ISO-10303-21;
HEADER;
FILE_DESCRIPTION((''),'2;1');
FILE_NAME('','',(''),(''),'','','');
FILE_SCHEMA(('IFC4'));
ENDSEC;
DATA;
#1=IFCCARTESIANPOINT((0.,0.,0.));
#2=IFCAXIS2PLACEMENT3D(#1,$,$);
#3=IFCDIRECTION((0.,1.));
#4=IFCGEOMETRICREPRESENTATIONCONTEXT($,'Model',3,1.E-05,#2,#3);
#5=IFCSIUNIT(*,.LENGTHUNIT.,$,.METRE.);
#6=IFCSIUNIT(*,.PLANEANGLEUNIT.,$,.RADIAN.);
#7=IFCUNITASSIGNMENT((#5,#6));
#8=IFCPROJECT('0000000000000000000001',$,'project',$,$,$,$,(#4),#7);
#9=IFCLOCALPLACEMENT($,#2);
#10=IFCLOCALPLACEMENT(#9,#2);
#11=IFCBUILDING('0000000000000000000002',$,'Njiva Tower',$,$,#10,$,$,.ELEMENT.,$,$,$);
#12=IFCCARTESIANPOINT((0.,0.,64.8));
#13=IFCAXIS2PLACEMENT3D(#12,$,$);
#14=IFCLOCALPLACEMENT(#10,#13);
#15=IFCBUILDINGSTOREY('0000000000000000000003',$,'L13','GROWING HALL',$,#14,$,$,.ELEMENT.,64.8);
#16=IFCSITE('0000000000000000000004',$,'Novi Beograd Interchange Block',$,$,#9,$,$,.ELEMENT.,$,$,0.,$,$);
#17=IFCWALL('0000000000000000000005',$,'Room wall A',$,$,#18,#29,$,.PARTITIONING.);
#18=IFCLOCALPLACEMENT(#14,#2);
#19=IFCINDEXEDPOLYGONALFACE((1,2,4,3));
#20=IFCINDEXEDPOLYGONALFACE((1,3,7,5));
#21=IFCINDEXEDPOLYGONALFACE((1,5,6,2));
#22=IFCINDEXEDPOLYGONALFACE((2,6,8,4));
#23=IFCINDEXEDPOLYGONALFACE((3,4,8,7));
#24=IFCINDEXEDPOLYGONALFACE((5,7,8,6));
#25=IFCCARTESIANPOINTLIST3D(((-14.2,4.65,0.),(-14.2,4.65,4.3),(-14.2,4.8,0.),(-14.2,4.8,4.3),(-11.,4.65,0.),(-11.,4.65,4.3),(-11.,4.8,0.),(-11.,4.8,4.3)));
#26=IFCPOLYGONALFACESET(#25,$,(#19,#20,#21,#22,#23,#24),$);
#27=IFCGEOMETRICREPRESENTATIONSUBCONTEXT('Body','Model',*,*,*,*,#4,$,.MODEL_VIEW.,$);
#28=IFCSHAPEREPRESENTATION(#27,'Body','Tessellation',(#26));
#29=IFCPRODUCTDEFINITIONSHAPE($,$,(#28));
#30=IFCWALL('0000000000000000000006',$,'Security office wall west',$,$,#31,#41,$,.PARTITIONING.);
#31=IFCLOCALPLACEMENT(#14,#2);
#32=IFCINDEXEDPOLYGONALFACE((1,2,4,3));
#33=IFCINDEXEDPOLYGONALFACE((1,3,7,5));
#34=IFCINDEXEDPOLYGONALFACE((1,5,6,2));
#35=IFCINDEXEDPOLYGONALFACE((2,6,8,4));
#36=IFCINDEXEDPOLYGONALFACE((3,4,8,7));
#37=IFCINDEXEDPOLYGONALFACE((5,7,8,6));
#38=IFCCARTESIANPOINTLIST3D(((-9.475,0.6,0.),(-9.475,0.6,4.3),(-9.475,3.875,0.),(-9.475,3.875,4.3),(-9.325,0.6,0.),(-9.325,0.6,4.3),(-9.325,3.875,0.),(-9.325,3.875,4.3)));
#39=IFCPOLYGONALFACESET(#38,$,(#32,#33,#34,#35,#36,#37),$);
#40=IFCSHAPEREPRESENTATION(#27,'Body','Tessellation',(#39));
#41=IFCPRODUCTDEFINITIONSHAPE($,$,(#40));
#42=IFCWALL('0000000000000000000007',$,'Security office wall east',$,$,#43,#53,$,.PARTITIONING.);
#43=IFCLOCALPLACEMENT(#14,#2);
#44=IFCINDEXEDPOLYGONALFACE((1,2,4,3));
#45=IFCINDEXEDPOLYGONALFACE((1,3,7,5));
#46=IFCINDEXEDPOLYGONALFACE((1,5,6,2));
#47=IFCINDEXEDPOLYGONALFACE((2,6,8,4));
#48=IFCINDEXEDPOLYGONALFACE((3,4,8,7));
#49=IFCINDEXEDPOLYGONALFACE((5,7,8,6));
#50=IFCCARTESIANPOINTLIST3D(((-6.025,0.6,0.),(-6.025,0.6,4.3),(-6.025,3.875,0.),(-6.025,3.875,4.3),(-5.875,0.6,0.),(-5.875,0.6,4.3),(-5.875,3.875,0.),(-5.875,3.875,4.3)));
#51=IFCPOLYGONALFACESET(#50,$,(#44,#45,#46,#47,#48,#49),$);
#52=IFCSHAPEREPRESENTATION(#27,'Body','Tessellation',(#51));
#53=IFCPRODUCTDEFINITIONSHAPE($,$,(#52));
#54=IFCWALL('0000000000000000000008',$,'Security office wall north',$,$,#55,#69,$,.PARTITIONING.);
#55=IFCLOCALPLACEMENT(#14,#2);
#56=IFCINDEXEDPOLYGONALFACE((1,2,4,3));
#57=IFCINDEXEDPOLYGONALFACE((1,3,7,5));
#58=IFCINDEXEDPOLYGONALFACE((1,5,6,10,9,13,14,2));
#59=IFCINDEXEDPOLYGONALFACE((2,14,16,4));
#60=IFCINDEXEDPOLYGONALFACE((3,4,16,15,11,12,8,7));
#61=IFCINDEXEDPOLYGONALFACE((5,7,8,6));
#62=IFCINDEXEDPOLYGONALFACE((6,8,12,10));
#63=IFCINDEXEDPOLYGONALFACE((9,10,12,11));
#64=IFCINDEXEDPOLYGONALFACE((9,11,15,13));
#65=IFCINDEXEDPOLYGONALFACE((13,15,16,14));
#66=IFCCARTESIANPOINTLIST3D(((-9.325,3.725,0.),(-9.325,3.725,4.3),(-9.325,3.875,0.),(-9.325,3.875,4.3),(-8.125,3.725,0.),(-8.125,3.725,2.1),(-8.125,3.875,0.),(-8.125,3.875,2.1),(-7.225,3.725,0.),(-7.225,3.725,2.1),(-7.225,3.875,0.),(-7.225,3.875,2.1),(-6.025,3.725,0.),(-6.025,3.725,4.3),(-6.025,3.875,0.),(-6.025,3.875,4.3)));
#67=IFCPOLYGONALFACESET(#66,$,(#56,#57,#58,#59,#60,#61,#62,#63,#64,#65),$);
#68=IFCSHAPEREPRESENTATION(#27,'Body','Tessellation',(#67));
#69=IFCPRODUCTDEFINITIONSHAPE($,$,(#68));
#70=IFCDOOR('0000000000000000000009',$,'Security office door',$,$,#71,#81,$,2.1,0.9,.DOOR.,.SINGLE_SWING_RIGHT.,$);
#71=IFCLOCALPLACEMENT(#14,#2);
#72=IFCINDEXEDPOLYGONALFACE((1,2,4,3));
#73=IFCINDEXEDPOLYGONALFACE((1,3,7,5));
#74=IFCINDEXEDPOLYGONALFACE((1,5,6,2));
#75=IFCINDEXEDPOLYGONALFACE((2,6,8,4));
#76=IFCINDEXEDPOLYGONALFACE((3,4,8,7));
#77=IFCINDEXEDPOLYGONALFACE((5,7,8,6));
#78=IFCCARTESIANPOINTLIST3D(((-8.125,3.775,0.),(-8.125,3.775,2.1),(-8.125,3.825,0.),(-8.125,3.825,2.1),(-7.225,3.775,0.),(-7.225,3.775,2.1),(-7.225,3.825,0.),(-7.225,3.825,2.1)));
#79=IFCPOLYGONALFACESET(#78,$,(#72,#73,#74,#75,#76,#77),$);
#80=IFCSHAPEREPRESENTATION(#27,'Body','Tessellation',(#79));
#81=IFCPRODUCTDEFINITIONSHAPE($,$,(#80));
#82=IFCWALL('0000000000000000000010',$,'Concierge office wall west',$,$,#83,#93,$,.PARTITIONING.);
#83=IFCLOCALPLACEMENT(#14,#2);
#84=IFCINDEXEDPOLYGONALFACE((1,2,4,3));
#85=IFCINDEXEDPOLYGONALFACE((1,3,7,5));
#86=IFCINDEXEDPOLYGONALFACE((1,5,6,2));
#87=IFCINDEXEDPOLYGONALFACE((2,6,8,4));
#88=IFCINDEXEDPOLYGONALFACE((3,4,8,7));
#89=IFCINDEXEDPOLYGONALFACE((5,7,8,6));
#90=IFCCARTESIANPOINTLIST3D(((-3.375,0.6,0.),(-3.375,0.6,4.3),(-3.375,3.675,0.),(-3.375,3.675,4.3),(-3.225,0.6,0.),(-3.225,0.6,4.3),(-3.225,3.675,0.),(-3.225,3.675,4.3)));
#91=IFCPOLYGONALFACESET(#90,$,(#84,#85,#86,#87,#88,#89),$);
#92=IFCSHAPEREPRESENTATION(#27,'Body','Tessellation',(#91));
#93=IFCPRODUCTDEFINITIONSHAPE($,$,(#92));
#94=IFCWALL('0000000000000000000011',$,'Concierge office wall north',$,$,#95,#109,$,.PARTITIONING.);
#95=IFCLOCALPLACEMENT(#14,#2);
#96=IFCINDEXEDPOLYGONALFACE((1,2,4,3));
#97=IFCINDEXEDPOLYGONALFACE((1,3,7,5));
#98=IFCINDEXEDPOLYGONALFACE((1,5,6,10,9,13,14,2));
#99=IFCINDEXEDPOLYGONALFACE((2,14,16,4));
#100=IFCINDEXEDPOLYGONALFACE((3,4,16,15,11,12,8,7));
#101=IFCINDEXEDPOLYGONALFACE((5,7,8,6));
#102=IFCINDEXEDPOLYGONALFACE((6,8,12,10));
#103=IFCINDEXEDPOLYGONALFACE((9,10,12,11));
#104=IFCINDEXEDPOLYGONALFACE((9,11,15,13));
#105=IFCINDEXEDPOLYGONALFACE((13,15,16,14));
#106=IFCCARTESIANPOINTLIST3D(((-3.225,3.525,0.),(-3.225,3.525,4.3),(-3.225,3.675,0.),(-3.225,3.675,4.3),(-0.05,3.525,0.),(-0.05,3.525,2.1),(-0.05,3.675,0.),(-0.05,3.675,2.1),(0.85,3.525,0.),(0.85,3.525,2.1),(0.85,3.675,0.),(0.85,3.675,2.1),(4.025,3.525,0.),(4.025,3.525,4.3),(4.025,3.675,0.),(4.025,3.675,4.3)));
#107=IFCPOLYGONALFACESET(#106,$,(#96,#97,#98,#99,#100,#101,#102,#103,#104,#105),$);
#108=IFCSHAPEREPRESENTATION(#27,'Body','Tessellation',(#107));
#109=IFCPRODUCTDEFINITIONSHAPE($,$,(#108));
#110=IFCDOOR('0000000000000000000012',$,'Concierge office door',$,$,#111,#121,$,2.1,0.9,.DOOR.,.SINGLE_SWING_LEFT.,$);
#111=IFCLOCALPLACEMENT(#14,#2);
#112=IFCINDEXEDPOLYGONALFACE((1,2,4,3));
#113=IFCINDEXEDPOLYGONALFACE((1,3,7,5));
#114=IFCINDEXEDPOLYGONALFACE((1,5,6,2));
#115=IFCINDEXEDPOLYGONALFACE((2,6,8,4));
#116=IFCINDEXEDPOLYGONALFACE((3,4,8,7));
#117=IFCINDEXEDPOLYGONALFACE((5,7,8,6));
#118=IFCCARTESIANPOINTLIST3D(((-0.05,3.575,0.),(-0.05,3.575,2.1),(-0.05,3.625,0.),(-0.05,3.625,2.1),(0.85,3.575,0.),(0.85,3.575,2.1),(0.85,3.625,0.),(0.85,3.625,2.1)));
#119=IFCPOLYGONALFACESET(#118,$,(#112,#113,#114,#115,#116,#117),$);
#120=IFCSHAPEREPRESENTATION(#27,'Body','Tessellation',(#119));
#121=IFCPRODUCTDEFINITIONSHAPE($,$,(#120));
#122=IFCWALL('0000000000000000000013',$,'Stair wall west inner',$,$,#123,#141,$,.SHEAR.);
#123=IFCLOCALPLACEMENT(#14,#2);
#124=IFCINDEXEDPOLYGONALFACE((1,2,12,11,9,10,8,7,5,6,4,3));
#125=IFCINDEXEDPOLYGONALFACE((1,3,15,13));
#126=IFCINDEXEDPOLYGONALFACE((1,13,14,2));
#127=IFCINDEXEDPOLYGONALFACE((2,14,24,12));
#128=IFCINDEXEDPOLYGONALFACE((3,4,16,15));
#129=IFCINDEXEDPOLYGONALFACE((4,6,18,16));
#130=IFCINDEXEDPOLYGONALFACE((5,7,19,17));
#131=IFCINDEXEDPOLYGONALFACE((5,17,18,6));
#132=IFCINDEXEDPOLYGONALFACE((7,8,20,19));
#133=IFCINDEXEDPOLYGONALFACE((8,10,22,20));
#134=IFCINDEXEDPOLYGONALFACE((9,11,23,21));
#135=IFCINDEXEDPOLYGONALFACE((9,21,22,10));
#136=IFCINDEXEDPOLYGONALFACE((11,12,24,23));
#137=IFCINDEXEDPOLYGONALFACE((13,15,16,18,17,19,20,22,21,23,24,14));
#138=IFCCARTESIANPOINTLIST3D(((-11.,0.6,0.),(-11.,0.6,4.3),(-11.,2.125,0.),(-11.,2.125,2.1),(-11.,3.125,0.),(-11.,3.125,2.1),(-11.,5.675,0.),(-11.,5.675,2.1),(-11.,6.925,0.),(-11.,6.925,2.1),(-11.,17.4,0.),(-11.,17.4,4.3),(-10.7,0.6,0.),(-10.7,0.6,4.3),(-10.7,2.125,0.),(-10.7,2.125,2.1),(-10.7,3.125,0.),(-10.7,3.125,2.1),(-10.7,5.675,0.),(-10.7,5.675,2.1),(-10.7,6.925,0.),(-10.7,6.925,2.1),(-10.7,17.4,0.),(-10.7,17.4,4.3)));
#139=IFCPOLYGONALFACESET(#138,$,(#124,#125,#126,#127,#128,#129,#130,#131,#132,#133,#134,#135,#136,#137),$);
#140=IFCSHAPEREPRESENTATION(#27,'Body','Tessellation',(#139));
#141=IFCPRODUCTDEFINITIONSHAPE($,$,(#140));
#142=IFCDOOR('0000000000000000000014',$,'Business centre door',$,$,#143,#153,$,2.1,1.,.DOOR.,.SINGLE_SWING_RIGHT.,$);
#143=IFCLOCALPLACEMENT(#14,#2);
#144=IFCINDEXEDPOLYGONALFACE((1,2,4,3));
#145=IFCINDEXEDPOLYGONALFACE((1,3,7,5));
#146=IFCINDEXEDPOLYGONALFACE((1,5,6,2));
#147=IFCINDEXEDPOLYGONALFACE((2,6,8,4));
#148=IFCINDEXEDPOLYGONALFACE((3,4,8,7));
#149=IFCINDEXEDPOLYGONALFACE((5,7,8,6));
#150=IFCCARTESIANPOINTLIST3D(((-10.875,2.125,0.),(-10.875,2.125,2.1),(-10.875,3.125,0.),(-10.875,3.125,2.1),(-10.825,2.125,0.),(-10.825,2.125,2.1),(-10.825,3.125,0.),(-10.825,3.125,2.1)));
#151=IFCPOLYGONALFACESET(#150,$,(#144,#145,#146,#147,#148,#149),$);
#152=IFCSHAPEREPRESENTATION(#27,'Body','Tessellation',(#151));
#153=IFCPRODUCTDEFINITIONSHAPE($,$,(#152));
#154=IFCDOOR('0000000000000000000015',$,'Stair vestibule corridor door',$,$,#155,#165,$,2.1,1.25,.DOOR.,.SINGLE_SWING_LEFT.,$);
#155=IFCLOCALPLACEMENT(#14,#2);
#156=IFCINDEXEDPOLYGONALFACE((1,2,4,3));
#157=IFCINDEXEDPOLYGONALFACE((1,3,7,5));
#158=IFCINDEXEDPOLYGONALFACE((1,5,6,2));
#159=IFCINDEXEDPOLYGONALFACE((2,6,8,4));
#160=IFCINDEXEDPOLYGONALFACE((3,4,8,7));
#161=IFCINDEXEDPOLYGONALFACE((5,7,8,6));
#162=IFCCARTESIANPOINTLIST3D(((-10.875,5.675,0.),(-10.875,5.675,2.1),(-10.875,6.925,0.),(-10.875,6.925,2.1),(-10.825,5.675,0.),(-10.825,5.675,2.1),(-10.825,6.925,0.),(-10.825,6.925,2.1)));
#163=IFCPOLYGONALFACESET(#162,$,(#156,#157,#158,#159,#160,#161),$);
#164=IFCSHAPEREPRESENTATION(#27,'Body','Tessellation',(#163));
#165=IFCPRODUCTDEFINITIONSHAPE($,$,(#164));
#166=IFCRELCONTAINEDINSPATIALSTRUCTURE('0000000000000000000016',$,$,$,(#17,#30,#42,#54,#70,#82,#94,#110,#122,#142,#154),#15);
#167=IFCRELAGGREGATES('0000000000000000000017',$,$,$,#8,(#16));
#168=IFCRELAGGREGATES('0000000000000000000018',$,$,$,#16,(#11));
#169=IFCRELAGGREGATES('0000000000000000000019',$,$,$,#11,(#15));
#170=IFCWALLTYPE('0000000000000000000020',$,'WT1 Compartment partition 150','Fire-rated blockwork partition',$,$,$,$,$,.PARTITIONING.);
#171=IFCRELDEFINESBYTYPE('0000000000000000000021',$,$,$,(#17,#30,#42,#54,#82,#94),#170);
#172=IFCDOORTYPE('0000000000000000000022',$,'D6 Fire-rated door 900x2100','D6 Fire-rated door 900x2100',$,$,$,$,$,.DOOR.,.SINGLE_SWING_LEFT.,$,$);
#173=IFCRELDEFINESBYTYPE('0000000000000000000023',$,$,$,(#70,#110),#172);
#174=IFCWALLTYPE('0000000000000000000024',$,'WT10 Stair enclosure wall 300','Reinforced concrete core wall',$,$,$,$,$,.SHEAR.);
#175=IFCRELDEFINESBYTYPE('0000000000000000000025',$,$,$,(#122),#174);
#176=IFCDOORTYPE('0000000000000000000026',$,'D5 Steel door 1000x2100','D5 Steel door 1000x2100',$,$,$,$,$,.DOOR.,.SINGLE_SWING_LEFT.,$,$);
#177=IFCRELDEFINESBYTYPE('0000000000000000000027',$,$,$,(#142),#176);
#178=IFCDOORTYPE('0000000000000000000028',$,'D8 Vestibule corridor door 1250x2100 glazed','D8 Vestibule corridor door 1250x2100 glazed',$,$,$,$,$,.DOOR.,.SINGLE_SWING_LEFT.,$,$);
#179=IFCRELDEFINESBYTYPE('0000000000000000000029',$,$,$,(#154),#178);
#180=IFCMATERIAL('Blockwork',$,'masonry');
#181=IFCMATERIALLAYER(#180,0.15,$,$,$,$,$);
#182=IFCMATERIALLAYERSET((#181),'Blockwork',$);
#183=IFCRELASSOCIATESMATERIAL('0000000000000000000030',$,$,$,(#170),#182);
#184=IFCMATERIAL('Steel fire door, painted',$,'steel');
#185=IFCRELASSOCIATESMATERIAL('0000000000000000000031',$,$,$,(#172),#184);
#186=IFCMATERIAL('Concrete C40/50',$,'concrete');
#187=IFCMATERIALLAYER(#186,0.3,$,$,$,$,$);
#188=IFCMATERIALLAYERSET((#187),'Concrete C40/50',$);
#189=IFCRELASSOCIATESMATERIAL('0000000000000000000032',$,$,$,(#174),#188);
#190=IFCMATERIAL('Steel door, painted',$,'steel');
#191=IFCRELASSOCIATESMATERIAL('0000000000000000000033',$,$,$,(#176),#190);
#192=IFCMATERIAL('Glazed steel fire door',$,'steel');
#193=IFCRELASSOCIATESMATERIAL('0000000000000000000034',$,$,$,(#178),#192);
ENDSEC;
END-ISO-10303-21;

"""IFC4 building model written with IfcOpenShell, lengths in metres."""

from ifc_helpers import new_model, si_unit, direction, frame, frame_2d, origin, place, context, subcontext, project, spatial, rectangle, extrude, material, layer, layer_set, type_object, element, fill, save


model = new_model("IFC4")

# Units and contexts
model_context = context("Model", 3, precision=1e-05, world=origin(), true_north=direction((0.0, 1.0)))
body_context = subcontext(model_context, "Body", "Model", "MODEL_VIEW")
ifc_project = project(units=[si_unit("LENGTHUNIT", "METRE"), si_unit("PLANEANGLEUNIT", "RADIAN")], contexts=[model_context])

# Site, building, storey
site_placement = place(None, origin())
site = spatial("IfcSite", under=ifc_project, at=site_placement, Name="Novi Beograd Interchange Block", CompositionType="ELEMENT", RefElevation=0.0)
building_placement = place(site_placement, origin())
building = spatial("IfcBuilding", under=site, at=building_placement, Name="Njiva Tower", CompositionType="ELEMENT")
storey_placement = place(building_placement, frame((0.0, 0.0, 64.8)))
storey = spatial("IfcBuildingStorey", under=building, at=storey_placement, Name="L13", Description="GROWING HALL", CompositionType="ELEMENT", Elevation=64.8)

# Walls
ifc_material_1 = material(Name="Blockwork", Category="masonry")
ifc_layer_1 = layer(ifc_material_1, 0.15)
ifc_layer_set_1 = layer_set([ifc_layer_1], Name="Blockwork")
wall_type_1 = type_object("IfcWallType", Name="WT1 Compartment partition 150", Description="Fire-rated blockwork partition", PredefinedType="PARTITIONING", material=ifc_layer_set_1)
wall_1_placement = place(storey_placement, frame((-14.2, 4.725, 0.0), z_axis=(0.0, 0.0, 1.0), x_axis=(1.0, 0.0, 0.0)))
element("IfcWall", 1, at=wall_1_placement, inside=storey, type_object=wall_type_1, Name="Room wall A", PredefinedType="PARTITIONING", context=body_context, shape_type="SweptSolid", body=[
    extrude(rectangle(XDim=3.2, YDim=0.15, at=frame_2d((1.6, 0.0))), origin(), (0.0, 0.0, 1.0), 4.3),
])
for number, where, z_axis, x_axis, name in (
    (2, (-9.4, 0.6, 0.0), (0.0, 0.0, 1.0), (0.0, 1.0, 0.0), "Security office wall west"),
    (3, (-5.95, 0.6, 0.0), (0.0, 0.0, 1.0), (0.0, 1.0, 0.0), "Security office wall east"),
):
    element("IfcWall", number, at=place(storey_placement, frame(where, z_axis=z_axis, x_axis=x_axis)), inside=storey, type_object=wall_type_1, Name=name, PredefinedType="PARTITIONING", context=body_context, shape_type="SweptSolid", body=[
        extrude(rectangle(XDim=3.275, YDim=0.15, at=frame_2d((1.6375, 0.0))), origin(), (0.0, 0.0, 1.0), 4.3),
    ])

# Wall, opening, door
wall_2_placement = place(storey_placement, frame((-9.325, 3.8, 0.0), z_axis=(0.0, 0.0, 1.0), x_axis=(1.0, 0.0, 0.0)))
wall_2 = element("IfcWall", 4, at=wall_2_placement, inside=storey, type_object=wall_type_1, Name="Security office wall north", PredefinedType="PARTITIONING", context=body_context, shape_type="SweptSolid", body=[
    extrude(rectangle(XDim=3.3, YDim=0.15, at=frame_2d((1.65, 0.0))), origin(), (0.0, 0.0, 1.0), 4.3),
])
opening_1_placement = place(wall_2_placement, frame((1.2, 0.0, 0.0)))
opening_1 = element("IfcOpeningElement", 5, at=opening_1_placement, cuts=wall_2, PredefinedType="OPENING", context=body_context, shape_type="SweptSolid", body=[
    extrude(rectangle(XDim=0.9, YDim=2.1, at=frame_2d((0.45, 1.05))), frame((0.0, 0.085, 0.0), z_axis=(0.0, -1.0, 0.0), x_axis=(1.0, 0.0, 0.0)), (0.0, 0.0, 1.0), 0.17),
])
ifc_material_2 = material(Name="Steel fire door, painted", Category="steel")
door_type_1 = type_object("IfcDoorType", Name="D6 Fire-rated door 900x2100", Description="D6 Fire-rated door 900x2100", OperationType="SINGLE_SWING_LEFT", PredefinedType="DOOR", material=ifc_material_2)
door_1_placement = place(opening_1_placement, origin())
door_1 = element("IfcDoor", 6, at=door_1_placement, inside=storey, type_object=door_type_1, Name="Security office door", OperationType="SINGLE_SWING_RIGHT", OverallHeight=2.1, OverallWidth=0.9, PredefinedType="DOOR", context=body_context, shape_type="SweptSolid", body=[
    extrude(rectangle(XDim=0.9, YDim=2.1, at=frame_2d((0.45, 1.05))), frame((0.0, 0.025, 0.0), z_axis=(0.0, -1.0, 0.0), x_axis=(1.0, 0.0, 0.0)), (0.0, 0.0, 1.0), 0.05),
])
fill(opening_1, door_1)

# Wall
wall_3_placement = place(storey_placement, frame((-3.3, 0.6, 0.0), z_axis=(0.0, 0.0, 1.0), x_axis=(0.0, 1.0, 0.0)))
element("IfcWall", 7, at=wall_3_placement, inside=storey, type_object=wall_type_1, Name="Concierge office wall west", PredefinedType="PARTITIONING", context=body_context, shape_type="SweptSolid", body=[
    extrude(rectangle(XDim=3.075, YDim=0.15, at=frame_2d((1.5375, 0.0))), origin(), (0.0, 0.0, 1.0), 4.3),
])

# Wall, opening, door
wall_4_placement = place(storey_placement, frame((-3.225, 3.6, 0.0), z_axis=(0.0, 0.0, 1.0), x_axis=(1.0, 0.0, 0.0)))
wall_4 = element("IfcWall", 8, at=wall_4_placement, inside=storey, type_object=wall_type_1, Name="Concierge office wall north", PredefinedType="PARTITIONING", context=body_context, shape_type="SweptSolid", body=[
    extrude(rectangle(XDim=7.25, YDim=0.15, at=frame_2d((3.625, 0.0))), origin(), (0.0, 0.0, 1.0), 4.3),
])
opening_2_placement = place(wall_4_placement, frame((3.175, 0.0, 0.0)))
opening_2 = element("IfcOpeningElement", 9, at=opening_2_placement, cuts=wall_4, PredefinedType="OPENING", context=body_context, shape_type="SweptSolid", body=[
    extrude(rectangle(XDim=0.9, YDim=2.1, at=frame_2d((0.45, 1.05))), frame((0.0, 0.085, 0.0), z_axis=(0.0, -1.0, 0.0), x_axis=(1.0, 0.0, 0.0)), (0.0, 0.0, 1.0), 0.17),
])
door_2_placement = place(opening_2_placement, origin())
door_2 = element("IfcDoor", 10, at=door_2_placement, inside=storey, type_object=door_type_1, Name="Concierge office door", OperationType="SINGLE_SWING_LEFT", OverallHeight=2.1, OverallWidth=0.9, PredefinedType="DOOR", context=body_context, shape_type="SweptSolid", body=[
    extrude(rectangle(XDim=0.9, YDim=2.1, at=frame_2d((0.45, 1.05))), frame((0.0, 0.025, 0.0), z_axis=(0.0, -1.0, 0.0), x_axis=(1.0, 0.0, 0.0)), (0.0, 0.0, 1.0), 0.05),
])
fill(opening_2, door_2)

# Wall, openings, doors
ifc_material_3 = material(Name="Concrete C40/50", Category="concrete")
ifc_layer_2 = layer(ifc_material_3, 0.3)
ifc_layer_set_2 = layer_set([ifc_layer_2], Name="Concrete C40/50")
wall_type_2 = type_object("IfcWallType", Name="WT10 Stair enclosure wall 300", Description="Reinforced concrete core wall", PredefinedType="SHEAR", material=ifc_layer_set_2)
wall_5_placement = place(storey_placement, frame((-10.85, 0.6, 0.0), z_axis=(0.0, 0.0, 1.0), x_axis=(0.0, 1.0, 0.0)))
wall_5 = element("IfcWall", 11, at=wall_5_placement, inside=storey, type_object=wall_type_2, Name="Stair wall west inner", PredefinedType="SHEAR", context=body_context, shape_type="SweptSolid", body=[
    extrude(rectangle(XDim=16.8, YDim=0.3, at=frame_2d((8.4, 0.0))), origin(), (0.0, 0.0, 1.0), 4.3),
])
opening_3_placement = place(wall_5_placement, frame((5.075, 0.0, 0.0)))
opening_3 = element("IfcOpeningElement", 12, at=opening_3_placement, cuts=wall_5, PredefinedType="OPENING", context=body_context, shape_type="SweptSolid", body=[
    extrude(rectangle(XDim=1.25, YDim=2.1, at=frame_2d((0.625, 1.05))), frame((0.0, 0.16, 0.0), z_axis=(0.0, -1.0, 0.0), x_axis=(1.0, 0.0, 0.0)), (0.0, 0.0, 1.0), 0.32),
])
opening_4_placement = place(wall_5_placement, frame((1.525, 0.0, 0.0)))
opening_4 = element("IfcOpeningElement", 13, at=opening_4_placement, cuts=wall_5, PredefinedType="OPENING", context=body_context, shape_type="SweptSolid", body=[
    extrude(rectangle(XDim=1.0, YDim=2.1, at=frame_2d((0.5, 1.05))), frame((0.0, 0.16, 0.0), z_axis=(0.0, -1.0, 0.0), x_axis=(1.0, 0.0, 0.0)), (0.0, 0.0, 1.0), 0.32),
])
ifc_material_4 = material(Name="Steel door, painted", Category="steel")
door_type_2 = type_object("IfcDoorType", Name="D5 Steel door 1000x2100", Description="D5 Steel door 1000x2100", OperationType="SINGLE_SWING_LEFT", PredefinedType="DOOR", material=ifc_material_4)
door_3_placement = place(opening_4_placement, origin())
door_3 = element("IfcDoor", 14, at=door_3_placement, inside=storey, type_object=door_type_2, Name="Business centre door", OperationType="SINGLE_SWING_RIGHT", OverallHeight=2.1, OverallWidth=1.0, PredefinedType="DOOR", context=body_context, shape_type="SweptSolid", body=[
    extrude(rectangle(XDim=1.0, YDim=2.1, at=frame_2d((0.5, 1.05))), frame((0.0, 0.025, 0.0), z_axis=(0.0, -1.0, 0.0), x_axis=(1.0, 0.0, 0.0)), (0.0, 0.0, 1.0), 0.05),
])
fill(opening_4, door_3)
ifc_material_5 = material(Name="Glazed steel fire door", Category="steel")
door_type_3 = type_object("IfcDoorType", Name="D8 Vestibule corridor door 1250x2100 glazed", Description="D8 Vestibule corridor door 1250x2100 glazed", OperationType="SINGLE_SWING_LEFT", PredefinedType="DOOR", material=ifc_material_5)
door_4_placement = place(opening_3_placement, origin())
door_4 = element("IfcDoor", 15, at=door_4_placement, inside=storey, type_object=door_type_3, Name="Stair vestibule corridor door", OperationType="SINGLE_SWING_LEFT", OverallHeight=2.1, OverallWidth=1.25, PredefinedType="DOOR", context=body_context, shape_type="SweptSolid", body=[
    extrude(rectangle(XDim=1.25, YDim=2.1, at=frame_2d((0.625, 1.05))), frame((0.0, 0.025, 0.0), z_axis=(0.0, -1.0, 0.0), x_axis=(1.0, 0.0, 0.0)), (0.0, 0.0, 1.0), 0.05),
])
fill(opening_3, door_4)

save(model, "model.ifc")
